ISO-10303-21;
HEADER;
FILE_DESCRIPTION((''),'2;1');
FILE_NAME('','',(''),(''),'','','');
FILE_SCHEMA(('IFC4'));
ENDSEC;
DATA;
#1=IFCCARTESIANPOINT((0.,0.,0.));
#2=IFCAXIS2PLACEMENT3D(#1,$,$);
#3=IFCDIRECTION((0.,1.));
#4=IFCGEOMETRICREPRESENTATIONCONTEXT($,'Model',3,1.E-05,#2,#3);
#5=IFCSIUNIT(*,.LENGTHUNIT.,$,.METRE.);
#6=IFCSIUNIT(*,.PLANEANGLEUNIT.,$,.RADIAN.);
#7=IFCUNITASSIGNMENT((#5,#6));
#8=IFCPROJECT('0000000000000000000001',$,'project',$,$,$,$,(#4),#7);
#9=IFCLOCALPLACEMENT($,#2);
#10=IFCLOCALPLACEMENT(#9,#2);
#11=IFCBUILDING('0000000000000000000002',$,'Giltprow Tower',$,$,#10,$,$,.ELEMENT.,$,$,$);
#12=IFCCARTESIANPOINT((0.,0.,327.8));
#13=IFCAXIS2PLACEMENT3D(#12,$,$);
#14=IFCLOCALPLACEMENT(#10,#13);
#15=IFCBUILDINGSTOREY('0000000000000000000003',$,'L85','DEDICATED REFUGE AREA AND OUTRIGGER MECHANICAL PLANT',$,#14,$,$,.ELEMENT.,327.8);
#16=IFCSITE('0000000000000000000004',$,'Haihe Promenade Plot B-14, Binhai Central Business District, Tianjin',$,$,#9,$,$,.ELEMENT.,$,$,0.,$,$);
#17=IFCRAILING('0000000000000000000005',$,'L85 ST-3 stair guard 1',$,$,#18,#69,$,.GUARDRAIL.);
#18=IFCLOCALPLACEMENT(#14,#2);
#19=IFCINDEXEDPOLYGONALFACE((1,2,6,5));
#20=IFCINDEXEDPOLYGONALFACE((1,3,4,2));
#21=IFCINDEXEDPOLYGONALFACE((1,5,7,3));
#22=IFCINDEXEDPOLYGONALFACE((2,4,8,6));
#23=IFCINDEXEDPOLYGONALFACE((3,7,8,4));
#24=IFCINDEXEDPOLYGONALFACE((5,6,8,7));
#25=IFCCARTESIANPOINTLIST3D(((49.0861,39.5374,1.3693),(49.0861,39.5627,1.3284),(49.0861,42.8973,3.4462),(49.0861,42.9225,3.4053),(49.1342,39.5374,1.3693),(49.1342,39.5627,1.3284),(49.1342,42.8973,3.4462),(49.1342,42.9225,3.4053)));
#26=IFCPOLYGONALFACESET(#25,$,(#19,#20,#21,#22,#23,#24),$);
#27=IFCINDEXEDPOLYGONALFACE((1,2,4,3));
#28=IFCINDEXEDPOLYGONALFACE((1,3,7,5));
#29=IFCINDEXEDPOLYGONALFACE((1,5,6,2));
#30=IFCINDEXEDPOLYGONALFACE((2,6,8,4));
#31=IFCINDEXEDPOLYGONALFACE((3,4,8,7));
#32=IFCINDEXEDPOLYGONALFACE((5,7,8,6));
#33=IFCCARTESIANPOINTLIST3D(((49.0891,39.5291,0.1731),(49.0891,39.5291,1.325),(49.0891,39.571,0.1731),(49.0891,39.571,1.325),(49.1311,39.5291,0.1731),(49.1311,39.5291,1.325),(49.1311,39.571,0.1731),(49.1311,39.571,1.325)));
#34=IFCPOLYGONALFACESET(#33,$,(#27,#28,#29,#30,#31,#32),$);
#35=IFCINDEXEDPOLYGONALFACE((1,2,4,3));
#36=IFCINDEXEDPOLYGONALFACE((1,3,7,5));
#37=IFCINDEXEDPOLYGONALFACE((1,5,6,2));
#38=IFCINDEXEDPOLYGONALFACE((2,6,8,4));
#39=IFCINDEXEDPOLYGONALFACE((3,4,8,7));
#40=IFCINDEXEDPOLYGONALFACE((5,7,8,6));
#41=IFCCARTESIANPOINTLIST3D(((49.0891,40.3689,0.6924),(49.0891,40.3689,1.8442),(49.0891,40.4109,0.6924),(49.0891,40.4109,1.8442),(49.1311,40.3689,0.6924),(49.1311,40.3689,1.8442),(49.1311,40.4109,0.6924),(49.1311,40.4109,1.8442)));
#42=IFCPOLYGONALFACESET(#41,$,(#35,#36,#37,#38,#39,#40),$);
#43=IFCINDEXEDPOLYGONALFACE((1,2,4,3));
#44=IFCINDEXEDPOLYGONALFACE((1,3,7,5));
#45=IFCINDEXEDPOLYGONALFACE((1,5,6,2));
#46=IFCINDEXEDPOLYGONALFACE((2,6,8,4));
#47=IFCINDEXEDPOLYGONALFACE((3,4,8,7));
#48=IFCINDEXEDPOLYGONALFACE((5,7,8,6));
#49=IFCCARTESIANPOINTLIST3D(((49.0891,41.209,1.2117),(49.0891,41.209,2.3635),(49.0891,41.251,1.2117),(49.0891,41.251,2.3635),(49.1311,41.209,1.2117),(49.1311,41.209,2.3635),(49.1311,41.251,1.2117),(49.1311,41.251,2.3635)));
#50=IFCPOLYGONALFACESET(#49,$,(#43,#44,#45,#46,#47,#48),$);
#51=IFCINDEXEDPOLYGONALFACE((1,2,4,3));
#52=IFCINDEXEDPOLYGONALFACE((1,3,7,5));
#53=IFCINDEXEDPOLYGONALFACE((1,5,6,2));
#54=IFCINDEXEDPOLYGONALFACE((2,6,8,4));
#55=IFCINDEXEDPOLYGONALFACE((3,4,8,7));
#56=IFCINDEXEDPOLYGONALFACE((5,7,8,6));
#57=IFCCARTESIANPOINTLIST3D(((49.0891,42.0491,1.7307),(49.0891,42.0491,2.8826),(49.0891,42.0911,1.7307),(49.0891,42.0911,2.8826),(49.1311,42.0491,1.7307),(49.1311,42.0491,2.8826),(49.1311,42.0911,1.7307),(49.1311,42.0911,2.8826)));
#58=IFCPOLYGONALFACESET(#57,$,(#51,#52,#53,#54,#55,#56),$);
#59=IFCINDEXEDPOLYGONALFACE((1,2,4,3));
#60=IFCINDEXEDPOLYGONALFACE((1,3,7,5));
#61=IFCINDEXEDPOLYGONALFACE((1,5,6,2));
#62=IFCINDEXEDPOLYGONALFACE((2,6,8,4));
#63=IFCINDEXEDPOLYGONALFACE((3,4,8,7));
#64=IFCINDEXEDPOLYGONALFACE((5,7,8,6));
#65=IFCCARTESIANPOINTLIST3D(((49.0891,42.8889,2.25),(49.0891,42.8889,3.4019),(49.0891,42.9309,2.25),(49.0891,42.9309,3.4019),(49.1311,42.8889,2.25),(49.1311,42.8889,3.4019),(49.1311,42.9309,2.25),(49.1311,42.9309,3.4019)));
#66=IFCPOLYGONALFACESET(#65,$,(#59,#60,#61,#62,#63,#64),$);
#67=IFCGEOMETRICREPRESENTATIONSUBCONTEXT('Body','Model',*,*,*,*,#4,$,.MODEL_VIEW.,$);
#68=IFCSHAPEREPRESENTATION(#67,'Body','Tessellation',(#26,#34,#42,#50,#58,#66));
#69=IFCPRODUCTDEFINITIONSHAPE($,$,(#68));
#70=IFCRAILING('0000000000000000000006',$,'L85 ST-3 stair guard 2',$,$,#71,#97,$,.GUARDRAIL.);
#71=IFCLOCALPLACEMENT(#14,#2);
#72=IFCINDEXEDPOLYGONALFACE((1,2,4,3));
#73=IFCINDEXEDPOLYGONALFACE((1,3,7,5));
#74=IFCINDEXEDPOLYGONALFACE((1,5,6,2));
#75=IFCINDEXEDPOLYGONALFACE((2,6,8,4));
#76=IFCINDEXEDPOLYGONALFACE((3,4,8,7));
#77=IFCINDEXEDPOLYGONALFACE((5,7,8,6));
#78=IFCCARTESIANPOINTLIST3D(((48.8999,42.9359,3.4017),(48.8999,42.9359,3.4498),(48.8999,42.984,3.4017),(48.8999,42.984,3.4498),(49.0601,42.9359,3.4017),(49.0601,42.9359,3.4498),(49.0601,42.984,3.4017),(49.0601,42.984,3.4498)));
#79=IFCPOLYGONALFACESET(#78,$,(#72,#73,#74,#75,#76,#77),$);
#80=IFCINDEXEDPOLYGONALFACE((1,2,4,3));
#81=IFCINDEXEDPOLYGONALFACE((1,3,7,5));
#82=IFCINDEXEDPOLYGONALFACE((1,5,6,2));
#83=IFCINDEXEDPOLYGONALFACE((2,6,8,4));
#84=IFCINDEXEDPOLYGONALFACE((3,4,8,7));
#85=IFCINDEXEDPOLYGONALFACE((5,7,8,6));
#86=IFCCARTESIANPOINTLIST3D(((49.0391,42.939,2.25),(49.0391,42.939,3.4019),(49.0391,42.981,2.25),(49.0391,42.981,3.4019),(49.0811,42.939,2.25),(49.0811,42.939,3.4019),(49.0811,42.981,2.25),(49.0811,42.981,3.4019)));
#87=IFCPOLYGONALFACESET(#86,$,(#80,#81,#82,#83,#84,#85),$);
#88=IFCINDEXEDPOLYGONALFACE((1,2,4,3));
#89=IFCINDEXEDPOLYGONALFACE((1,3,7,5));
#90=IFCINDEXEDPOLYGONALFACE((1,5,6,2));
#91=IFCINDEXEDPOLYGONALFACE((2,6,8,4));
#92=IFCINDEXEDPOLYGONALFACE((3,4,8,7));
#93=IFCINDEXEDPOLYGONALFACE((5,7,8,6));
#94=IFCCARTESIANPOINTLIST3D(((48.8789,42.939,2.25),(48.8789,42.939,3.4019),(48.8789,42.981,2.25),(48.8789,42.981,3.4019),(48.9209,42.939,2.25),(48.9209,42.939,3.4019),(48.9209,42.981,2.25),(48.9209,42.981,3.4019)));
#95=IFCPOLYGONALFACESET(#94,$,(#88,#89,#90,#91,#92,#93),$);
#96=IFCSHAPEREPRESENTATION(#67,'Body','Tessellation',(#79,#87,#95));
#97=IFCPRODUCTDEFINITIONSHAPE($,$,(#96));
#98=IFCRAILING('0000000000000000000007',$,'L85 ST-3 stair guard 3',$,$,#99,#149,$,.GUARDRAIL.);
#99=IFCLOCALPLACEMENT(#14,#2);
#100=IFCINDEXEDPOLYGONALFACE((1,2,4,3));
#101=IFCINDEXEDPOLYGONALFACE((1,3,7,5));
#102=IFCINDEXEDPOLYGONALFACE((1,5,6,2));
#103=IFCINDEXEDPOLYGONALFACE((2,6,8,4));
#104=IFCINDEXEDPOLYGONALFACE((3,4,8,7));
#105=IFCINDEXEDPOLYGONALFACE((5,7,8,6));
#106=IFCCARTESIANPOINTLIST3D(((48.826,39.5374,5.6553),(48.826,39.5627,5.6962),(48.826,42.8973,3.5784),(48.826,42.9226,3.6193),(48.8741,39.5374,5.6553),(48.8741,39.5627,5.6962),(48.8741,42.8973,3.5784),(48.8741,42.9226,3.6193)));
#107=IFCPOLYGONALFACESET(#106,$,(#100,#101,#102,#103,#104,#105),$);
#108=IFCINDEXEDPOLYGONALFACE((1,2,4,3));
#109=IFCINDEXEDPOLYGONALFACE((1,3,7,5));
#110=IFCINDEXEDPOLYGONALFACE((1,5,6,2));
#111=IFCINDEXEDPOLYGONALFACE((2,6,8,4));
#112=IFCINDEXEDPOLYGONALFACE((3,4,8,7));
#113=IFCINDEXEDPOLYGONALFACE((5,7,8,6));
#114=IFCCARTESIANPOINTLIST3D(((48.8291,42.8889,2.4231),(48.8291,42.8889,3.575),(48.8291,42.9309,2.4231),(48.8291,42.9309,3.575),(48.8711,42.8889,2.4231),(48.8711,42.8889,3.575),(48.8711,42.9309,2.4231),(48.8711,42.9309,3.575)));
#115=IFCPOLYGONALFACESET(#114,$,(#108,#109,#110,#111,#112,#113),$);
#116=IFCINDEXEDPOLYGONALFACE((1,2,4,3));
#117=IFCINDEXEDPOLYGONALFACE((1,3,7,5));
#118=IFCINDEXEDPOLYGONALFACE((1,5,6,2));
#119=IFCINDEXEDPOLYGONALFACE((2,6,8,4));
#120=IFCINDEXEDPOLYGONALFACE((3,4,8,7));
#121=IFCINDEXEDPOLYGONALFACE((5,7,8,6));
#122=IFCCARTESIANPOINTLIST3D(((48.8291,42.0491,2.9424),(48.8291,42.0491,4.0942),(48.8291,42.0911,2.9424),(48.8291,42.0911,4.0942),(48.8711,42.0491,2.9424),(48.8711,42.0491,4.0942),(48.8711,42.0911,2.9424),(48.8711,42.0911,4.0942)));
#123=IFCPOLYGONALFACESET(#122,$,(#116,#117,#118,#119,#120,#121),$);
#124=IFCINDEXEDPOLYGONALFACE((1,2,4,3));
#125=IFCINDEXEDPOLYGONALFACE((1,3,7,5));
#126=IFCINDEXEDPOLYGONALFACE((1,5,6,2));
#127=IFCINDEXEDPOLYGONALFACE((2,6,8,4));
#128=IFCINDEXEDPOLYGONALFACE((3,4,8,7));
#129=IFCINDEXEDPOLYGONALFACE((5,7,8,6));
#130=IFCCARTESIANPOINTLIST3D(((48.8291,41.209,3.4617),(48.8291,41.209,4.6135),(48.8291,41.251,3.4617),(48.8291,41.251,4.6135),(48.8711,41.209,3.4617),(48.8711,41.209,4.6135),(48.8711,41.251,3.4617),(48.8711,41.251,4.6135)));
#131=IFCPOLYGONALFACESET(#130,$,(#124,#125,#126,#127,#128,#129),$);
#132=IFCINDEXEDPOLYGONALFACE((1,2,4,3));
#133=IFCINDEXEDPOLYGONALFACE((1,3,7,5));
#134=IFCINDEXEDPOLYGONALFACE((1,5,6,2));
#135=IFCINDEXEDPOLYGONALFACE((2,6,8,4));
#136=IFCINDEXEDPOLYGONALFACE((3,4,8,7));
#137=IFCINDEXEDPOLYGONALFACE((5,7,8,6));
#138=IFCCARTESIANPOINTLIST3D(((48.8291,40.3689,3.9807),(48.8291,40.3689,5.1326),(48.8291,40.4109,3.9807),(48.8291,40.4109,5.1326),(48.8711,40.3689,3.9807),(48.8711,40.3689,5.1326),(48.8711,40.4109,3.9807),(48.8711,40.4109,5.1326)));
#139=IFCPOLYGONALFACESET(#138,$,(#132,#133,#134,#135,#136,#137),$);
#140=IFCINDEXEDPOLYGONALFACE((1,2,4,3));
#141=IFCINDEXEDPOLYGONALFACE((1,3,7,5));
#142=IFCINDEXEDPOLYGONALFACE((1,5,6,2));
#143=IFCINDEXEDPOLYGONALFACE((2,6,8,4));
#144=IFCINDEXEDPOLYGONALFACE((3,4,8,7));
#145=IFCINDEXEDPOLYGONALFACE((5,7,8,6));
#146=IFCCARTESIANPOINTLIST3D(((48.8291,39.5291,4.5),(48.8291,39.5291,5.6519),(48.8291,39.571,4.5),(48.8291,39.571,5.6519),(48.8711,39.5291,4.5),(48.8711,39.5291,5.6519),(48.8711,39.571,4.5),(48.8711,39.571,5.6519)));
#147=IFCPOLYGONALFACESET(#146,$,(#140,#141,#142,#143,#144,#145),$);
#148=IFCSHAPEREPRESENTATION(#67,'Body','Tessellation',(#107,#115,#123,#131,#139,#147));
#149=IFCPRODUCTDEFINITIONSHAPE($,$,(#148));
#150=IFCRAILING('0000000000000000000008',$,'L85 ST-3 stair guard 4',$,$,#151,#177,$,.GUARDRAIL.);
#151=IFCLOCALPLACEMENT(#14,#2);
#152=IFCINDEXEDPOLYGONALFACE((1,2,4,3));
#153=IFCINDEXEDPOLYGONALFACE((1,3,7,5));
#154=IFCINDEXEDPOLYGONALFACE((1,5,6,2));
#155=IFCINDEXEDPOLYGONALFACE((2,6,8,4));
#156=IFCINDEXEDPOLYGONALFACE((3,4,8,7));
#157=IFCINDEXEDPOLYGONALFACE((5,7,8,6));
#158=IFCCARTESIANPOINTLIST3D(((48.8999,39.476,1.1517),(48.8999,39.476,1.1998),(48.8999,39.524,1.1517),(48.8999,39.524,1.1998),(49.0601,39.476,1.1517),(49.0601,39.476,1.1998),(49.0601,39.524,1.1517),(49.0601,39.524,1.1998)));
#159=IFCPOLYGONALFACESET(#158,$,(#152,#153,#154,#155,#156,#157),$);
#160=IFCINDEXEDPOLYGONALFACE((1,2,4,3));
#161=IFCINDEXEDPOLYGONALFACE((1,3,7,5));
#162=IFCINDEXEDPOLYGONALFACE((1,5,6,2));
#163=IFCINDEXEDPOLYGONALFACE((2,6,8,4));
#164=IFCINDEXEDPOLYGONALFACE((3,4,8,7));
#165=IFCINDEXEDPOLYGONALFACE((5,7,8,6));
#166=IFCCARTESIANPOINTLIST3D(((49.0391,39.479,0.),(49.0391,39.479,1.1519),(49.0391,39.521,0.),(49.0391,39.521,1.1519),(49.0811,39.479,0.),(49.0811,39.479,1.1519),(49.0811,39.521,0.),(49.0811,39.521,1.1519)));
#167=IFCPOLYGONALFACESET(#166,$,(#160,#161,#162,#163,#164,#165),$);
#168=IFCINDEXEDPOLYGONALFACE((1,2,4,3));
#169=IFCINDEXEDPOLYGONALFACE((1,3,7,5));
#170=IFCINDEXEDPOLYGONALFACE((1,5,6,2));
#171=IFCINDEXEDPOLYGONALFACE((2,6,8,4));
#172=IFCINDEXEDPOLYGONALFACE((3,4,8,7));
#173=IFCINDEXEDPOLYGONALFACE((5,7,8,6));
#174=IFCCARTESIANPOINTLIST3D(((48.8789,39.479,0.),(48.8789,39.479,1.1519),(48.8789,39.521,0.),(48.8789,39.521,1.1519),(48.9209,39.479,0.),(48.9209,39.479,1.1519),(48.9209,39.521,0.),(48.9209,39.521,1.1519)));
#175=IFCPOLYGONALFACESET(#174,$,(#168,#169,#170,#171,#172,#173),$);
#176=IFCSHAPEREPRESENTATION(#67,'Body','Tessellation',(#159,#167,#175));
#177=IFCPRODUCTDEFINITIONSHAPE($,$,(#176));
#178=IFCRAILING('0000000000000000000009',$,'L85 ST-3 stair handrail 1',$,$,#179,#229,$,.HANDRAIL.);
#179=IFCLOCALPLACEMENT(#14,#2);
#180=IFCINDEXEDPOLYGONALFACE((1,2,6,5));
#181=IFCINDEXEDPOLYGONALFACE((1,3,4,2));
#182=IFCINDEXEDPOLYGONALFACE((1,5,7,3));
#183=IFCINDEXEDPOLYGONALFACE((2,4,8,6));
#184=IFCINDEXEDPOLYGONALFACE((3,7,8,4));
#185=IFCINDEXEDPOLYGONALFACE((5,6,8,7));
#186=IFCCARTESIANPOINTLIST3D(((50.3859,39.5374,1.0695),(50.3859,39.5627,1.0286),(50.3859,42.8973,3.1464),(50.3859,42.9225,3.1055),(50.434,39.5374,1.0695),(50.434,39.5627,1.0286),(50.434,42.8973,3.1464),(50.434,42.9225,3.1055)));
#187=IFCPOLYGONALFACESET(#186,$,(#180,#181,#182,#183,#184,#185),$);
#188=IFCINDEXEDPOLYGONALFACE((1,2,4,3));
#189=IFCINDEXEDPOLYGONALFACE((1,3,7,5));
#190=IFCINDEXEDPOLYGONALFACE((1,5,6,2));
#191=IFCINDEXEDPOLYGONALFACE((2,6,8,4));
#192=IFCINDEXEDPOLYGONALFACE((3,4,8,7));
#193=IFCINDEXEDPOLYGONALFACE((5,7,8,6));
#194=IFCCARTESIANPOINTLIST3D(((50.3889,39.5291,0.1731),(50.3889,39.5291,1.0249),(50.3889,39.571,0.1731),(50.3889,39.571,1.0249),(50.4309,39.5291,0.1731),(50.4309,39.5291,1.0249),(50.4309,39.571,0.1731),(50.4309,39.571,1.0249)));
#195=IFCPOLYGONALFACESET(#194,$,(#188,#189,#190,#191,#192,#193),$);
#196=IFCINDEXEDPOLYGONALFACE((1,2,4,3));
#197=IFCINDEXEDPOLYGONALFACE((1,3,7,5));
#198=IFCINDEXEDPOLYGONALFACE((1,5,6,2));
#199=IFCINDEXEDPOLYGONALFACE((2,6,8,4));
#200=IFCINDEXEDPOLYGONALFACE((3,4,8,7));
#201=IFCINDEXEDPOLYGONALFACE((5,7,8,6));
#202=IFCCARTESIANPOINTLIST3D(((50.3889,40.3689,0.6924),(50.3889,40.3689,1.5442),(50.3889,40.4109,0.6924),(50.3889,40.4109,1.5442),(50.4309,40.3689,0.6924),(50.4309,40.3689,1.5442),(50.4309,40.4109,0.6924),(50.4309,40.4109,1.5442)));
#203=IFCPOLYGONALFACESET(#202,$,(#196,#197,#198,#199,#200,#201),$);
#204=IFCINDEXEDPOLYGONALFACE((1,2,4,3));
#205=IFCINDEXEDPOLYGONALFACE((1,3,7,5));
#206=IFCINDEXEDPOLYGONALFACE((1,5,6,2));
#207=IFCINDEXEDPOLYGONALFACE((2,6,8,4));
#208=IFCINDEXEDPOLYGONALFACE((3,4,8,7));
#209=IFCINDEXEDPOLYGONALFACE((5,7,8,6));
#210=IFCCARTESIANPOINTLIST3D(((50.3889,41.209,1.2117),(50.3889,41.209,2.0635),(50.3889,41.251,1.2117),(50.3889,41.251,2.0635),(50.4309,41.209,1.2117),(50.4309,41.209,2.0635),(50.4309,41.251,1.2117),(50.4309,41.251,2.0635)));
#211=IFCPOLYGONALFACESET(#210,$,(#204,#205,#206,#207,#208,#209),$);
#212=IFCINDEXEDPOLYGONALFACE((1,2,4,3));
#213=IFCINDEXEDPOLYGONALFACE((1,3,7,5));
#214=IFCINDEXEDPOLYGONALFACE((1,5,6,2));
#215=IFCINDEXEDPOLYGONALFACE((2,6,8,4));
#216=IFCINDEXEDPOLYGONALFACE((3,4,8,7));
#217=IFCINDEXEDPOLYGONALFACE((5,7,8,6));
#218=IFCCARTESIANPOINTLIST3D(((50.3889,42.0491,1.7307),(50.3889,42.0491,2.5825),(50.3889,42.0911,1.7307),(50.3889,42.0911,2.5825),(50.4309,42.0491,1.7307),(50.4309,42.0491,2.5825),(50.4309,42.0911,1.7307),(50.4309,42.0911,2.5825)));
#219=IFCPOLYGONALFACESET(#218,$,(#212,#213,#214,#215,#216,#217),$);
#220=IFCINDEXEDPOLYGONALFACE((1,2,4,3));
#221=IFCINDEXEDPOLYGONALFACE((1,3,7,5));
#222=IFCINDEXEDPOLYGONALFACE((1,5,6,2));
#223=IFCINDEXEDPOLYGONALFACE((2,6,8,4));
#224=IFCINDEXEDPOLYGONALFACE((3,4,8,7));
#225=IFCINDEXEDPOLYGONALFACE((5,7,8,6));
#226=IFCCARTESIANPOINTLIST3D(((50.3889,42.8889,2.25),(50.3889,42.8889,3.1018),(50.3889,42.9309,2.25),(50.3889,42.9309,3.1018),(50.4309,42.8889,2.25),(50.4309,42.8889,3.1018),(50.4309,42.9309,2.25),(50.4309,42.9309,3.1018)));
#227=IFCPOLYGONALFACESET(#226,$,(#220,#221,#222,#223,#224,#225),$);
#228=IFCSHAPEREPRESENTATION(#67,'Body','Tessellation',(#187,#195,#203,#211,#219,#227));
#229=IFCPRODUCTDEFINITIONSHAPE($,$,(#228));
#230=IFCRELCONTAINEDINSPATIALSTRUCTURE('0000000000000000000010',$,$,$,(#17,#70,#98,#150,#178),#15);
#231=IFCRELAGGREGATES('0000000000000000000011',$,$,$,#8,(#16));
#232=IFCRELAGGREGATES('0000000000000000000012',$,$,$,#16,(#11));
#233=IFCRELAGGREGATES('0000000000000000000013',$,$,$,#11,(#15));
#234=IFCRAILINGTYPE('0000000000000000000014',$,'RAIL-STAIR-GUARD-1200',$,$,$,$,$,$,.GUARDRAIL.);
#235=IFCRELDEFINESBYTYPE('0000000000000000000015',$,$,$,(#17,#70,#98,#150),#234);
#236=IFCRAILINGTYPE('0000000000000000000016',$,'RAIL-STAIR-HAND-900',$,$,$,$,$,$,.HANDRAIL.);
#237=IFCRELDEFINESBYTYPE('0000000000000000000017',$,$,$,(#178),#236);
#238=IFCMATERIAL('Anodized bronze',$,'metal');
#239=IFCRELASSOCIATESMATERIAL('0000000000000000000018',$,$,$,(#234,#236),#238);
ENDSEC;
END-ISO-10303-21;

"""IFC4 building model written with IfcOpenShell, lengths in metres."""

from ifc_helpers import new_model, si_unit, direction, frame, origin, origin_2d, place, context, subcontext, project, spatial, rectangle, extrude, material, type_object, element, save


model = new_model("IFC4")

# Units and contexts
model_context = context("Model", 3, precision=1e-05, world=origin(), true_north=direction((0.0, 1.0)))
body_context = subcontext(model_context, "Body", "Model", "MODEL_VIEW")
ifc_project = project(units=[si_unit("LENGTHUNIT", "METRE"), si_unit("PLANEANGLEUNIT", "RADIAN")], contexts=[model_context])

# Site, building, storey
site_placement = place(None, origin())
site = spatial("IfcSite", under=ifc_project, at=site_placement, Name="Haihe Promenade Plot B-14, Binhai Central Business District, Tianjin", CompositionType="ELEMENT", RefElevation=0.0)
building_placement = place(site_placement, origin())
building = spatial("IfcBuilding", under=site, at=building_placement, Name="Giltprow Tower", CompositionType="ELEMENT")
storey_placement = place(building_placement, frame((0.0, 0.0, 327.8)))
storey = spatial("IfcBuildingStorey", under=building, at=storey_placement, Name="L85", Description="DEDICATED REFUGE AREA AND OUTRIGGER MECHANICAL PLANT", CompositionType="ELEMENT", Elevation=327.8)

# Railings
ifc_material_1 = material(Name="Anodized bronze", Category="metal")
railing_type_1 = type_object("IfcRailingType", Name="RAIL-STAIR-GUARD-1200", PredefinedType="GUARDRAIL", material=ifc_material_1)
railing_1_placement = place(storey_placement, frame((49.1101, 39.55, 0.1731)))
element("IfcRailing", 1, at=railing_1_placement, inside=storey, type_object=railing_type_1, Name="L85 ST-3 stair guard 1", PredefinedType="GUARDRAIL", context=body_context, shape_type="SweptSolid", body=[
    extrude(rectangle(XDim=0.0481, YDim=0.0481, at=origin_2d()), frame((0.0, 0.0, 1.1758), z_axis=(0.0, 0.850606, 0.525803), x_axis=(-1.0, 0.0, 0.0)), (0.0, 0.0, 1.0), 3.95),
    extrude(rectangle(XDim=0.042, YDim=0.042, at=origin_2d()), origin(), (0.0, 0.0, 1.0), 1.1519),
    extrude(rectangle(XDim=0.042, YDim=0.042, at=origin_2d()), frame((0.0, 0.8398, 0.5193)), (0.0, 0.0, 1.0), 1.1519),
    extrude(rectangle(XDim=0.042, YDim=0.042, at=origin_2d()), frame((0.0, 1.6799, 1.0386)), (0.0, 0.0, 1.0), 1.1519),
    extrude(rectangle(XDim=0.042, YDim=0.042, at=origin_2d()), frame((0.0, 2.52, 1.5576)), (0.0, 0.0, 1.0), 1.1519),
    extrude(rectangle(XDim=0.042, YDim=0.042, at=origin_2d()), frame((0.0, 3.3599, 2.0769)), (0.0, 0.0, 1.0), 1.1519),
])
railing_2_placement = place(storey_placement, frame((49.0601, 42.96, 2.25)))
element("IfcRailing", 2, at=railing_2_placement, inside=storey, type_object=railing_type_1, Name="L85 ST-3 stair guard 2", PredefinedType="GUARDRAIL", context=body_context, shape_type="SweptSolid", body=[
    extrude(rectangle(XDim=0.0481, YDim=0.0481, at=origin_2d()), frame((0.0, 0.0, 1.1758), z_axis=(-1.0, 0.0, 0.0), x_axis=(0.0, -1.0, 0.0)), (0.0, 0.0, 1.0), 0.1602),
    extrude(rectangle(XDim=0.042, YDim=0.042, at=origin_2d()), origin(), (0.0, 0.0, 1.0), 1.1519),
    extrude(rectangle(XDim=0.042, YDim=0.042, at=origin_2d()), frame((-0.1602, 0.0, 0.0)), (0.0, 0.0, 1.0), 1.1519),
])
railing_3_placement = place(storey_placement, frame((48.8501, 42.9099, 2.4231)))
element("IfcRailing", 3, at=railing_3_placement, inside=storey, type_object=railing_type_1, Name="L85 ST-3 stair guard 3", PredefinedType="GUARDRAIL", context=body_context, shape_type="SweptSolid", body=[
    extrude(rectangle(XDim=0.0481, YDim=0.0481, at=origin_2d()), frame((0.0, 0.0, 1.1758), z_axis=(0.0, -0.850606, 0.525803), x_axis=(1.0, 0.0, 0.0)), (0.0, 0.0, 1.0), 3.95),
    extrude(rectangle(XDim=0.042, YDim=0.042, at=origin_2d()), origin(), (0.0, 0.0, 1.0), 1.1519),
    extrude(rectangle(XDim=0.042, YDim=0.042, at=origin_2d()), frame((0.0, -0.8398, 0.5193)), (0.0, 0.0, 1.0), 1.1519),
    extrude(rectangle(XDim=0.042, YDim=0.042, at=origin_2d()), frame((0.0, -1.6799, 1.0386)), (0.0, 0.0, 1.0), 1.1519),
    extrude(rectangle(XDim=0.042, YDim=0.042, at=origin_2d()), frame((0.0, -2.52, 1.5576)), (0.0, 0.0, 1.0), 1.1519),
    extrude(rectangle(XDim=0.042, YDim=0.042, at=origin_2d()), frame((0.0, -3.3599, 2.0769)), (0.0, 0.0, 1.0), 1.1519),
])
railing_4_placement = place(storey_placement, frame((49.0601, 39.5, 0.0)))
element("IfcRailing", 4, at=railing_4_placement, inside=storey, type_object=railing_type_1, Name="L85 ST-3 stair guard 4", PredefinedType="GUARDRAIL", context=body_context, shape_type="SweptSolid", body=[
    extrude(rectangle(XDim=0.0481, YDim=0.0481, at=origin_2d()), frame((0.0, 0.0, 1.1758), z_axis=(-1.0, 0.0, 0.0), x_axis=(0.0, -1.0, 0.0)), (0.0, 0.0, 1.0), 0.1602),
    extrude(rectangle(XDim=0.042, YDim=0.042, at=origin_2d()), origin(), (0.0, 0.0, 1.0), 1.1519),
    extrude(rectangle(XDim=0.042, YDim=0.042, at=origin_2d()), frame((-0.1602, 0.0, 0.0)), (0.0, 0.0, 1.0), 1.1519),
])
railing_type_2 = type_object("IfcRailingType", Name="RAIL-STAIR-HAND-900", PredefinedType="HANDRAIL", material=ifc_material_1)
railing_5_placement = place(storey_placement, frame((50.4099, 39.55, 0.1731)))
element("IfcRailing", 5, at=railing_5_placement, inside=storey, type_object=railing_type_2, Name="L85 ST-3 stair handrail 1", PredefinedType="HANDRAIL", context=body_context, shape_type="SweptSolid", body=[
    extrude(rectangle(XDim=0.0481, YDim=0.0481, at=origin_2d()), frame((0.0, 0.0, 0.876), z_axis=(0.0, 0.850606, 0.525803), x_axis=(-1.0, 0.0, 0.0)), (0.0, 0.0, 1.0), 3.95),
    extrude(rectangle(XDim=0.042, YDim=0.042, at=origin_2d()), origin(), (0.0, 0.0, 1.0), 0.8518),
    extrude(rectangle(XDim=0.042, YDim=0.042, at=origin_2d()), frame((0.0, 0.8398, 0.5193)), (0.0, 0.0, 1.0), 0.8518),
    extrude(rectangle(XDim=0.042, YDim=0.042, at=origin_2d()), frame((0.0, 1.6799, 1.0386)), (0.0, 0.0, 1.0), 0.8518),
    extrude(rectangle(XDim=0.042, YDim=0.042, at=origin_2d()), frame((0.0, 2.52, 1.5576)), (0.0, 0.0, 1.0), 0.8518),
    extrude(rectangle(XDim=0.042, YDim=0.042, at=origin_2d()), frame((0.0, 3.3599, 2.0769)), (0.0, 0.0, 1.0), 0.8518),
])

save(model, "model.ifc")
